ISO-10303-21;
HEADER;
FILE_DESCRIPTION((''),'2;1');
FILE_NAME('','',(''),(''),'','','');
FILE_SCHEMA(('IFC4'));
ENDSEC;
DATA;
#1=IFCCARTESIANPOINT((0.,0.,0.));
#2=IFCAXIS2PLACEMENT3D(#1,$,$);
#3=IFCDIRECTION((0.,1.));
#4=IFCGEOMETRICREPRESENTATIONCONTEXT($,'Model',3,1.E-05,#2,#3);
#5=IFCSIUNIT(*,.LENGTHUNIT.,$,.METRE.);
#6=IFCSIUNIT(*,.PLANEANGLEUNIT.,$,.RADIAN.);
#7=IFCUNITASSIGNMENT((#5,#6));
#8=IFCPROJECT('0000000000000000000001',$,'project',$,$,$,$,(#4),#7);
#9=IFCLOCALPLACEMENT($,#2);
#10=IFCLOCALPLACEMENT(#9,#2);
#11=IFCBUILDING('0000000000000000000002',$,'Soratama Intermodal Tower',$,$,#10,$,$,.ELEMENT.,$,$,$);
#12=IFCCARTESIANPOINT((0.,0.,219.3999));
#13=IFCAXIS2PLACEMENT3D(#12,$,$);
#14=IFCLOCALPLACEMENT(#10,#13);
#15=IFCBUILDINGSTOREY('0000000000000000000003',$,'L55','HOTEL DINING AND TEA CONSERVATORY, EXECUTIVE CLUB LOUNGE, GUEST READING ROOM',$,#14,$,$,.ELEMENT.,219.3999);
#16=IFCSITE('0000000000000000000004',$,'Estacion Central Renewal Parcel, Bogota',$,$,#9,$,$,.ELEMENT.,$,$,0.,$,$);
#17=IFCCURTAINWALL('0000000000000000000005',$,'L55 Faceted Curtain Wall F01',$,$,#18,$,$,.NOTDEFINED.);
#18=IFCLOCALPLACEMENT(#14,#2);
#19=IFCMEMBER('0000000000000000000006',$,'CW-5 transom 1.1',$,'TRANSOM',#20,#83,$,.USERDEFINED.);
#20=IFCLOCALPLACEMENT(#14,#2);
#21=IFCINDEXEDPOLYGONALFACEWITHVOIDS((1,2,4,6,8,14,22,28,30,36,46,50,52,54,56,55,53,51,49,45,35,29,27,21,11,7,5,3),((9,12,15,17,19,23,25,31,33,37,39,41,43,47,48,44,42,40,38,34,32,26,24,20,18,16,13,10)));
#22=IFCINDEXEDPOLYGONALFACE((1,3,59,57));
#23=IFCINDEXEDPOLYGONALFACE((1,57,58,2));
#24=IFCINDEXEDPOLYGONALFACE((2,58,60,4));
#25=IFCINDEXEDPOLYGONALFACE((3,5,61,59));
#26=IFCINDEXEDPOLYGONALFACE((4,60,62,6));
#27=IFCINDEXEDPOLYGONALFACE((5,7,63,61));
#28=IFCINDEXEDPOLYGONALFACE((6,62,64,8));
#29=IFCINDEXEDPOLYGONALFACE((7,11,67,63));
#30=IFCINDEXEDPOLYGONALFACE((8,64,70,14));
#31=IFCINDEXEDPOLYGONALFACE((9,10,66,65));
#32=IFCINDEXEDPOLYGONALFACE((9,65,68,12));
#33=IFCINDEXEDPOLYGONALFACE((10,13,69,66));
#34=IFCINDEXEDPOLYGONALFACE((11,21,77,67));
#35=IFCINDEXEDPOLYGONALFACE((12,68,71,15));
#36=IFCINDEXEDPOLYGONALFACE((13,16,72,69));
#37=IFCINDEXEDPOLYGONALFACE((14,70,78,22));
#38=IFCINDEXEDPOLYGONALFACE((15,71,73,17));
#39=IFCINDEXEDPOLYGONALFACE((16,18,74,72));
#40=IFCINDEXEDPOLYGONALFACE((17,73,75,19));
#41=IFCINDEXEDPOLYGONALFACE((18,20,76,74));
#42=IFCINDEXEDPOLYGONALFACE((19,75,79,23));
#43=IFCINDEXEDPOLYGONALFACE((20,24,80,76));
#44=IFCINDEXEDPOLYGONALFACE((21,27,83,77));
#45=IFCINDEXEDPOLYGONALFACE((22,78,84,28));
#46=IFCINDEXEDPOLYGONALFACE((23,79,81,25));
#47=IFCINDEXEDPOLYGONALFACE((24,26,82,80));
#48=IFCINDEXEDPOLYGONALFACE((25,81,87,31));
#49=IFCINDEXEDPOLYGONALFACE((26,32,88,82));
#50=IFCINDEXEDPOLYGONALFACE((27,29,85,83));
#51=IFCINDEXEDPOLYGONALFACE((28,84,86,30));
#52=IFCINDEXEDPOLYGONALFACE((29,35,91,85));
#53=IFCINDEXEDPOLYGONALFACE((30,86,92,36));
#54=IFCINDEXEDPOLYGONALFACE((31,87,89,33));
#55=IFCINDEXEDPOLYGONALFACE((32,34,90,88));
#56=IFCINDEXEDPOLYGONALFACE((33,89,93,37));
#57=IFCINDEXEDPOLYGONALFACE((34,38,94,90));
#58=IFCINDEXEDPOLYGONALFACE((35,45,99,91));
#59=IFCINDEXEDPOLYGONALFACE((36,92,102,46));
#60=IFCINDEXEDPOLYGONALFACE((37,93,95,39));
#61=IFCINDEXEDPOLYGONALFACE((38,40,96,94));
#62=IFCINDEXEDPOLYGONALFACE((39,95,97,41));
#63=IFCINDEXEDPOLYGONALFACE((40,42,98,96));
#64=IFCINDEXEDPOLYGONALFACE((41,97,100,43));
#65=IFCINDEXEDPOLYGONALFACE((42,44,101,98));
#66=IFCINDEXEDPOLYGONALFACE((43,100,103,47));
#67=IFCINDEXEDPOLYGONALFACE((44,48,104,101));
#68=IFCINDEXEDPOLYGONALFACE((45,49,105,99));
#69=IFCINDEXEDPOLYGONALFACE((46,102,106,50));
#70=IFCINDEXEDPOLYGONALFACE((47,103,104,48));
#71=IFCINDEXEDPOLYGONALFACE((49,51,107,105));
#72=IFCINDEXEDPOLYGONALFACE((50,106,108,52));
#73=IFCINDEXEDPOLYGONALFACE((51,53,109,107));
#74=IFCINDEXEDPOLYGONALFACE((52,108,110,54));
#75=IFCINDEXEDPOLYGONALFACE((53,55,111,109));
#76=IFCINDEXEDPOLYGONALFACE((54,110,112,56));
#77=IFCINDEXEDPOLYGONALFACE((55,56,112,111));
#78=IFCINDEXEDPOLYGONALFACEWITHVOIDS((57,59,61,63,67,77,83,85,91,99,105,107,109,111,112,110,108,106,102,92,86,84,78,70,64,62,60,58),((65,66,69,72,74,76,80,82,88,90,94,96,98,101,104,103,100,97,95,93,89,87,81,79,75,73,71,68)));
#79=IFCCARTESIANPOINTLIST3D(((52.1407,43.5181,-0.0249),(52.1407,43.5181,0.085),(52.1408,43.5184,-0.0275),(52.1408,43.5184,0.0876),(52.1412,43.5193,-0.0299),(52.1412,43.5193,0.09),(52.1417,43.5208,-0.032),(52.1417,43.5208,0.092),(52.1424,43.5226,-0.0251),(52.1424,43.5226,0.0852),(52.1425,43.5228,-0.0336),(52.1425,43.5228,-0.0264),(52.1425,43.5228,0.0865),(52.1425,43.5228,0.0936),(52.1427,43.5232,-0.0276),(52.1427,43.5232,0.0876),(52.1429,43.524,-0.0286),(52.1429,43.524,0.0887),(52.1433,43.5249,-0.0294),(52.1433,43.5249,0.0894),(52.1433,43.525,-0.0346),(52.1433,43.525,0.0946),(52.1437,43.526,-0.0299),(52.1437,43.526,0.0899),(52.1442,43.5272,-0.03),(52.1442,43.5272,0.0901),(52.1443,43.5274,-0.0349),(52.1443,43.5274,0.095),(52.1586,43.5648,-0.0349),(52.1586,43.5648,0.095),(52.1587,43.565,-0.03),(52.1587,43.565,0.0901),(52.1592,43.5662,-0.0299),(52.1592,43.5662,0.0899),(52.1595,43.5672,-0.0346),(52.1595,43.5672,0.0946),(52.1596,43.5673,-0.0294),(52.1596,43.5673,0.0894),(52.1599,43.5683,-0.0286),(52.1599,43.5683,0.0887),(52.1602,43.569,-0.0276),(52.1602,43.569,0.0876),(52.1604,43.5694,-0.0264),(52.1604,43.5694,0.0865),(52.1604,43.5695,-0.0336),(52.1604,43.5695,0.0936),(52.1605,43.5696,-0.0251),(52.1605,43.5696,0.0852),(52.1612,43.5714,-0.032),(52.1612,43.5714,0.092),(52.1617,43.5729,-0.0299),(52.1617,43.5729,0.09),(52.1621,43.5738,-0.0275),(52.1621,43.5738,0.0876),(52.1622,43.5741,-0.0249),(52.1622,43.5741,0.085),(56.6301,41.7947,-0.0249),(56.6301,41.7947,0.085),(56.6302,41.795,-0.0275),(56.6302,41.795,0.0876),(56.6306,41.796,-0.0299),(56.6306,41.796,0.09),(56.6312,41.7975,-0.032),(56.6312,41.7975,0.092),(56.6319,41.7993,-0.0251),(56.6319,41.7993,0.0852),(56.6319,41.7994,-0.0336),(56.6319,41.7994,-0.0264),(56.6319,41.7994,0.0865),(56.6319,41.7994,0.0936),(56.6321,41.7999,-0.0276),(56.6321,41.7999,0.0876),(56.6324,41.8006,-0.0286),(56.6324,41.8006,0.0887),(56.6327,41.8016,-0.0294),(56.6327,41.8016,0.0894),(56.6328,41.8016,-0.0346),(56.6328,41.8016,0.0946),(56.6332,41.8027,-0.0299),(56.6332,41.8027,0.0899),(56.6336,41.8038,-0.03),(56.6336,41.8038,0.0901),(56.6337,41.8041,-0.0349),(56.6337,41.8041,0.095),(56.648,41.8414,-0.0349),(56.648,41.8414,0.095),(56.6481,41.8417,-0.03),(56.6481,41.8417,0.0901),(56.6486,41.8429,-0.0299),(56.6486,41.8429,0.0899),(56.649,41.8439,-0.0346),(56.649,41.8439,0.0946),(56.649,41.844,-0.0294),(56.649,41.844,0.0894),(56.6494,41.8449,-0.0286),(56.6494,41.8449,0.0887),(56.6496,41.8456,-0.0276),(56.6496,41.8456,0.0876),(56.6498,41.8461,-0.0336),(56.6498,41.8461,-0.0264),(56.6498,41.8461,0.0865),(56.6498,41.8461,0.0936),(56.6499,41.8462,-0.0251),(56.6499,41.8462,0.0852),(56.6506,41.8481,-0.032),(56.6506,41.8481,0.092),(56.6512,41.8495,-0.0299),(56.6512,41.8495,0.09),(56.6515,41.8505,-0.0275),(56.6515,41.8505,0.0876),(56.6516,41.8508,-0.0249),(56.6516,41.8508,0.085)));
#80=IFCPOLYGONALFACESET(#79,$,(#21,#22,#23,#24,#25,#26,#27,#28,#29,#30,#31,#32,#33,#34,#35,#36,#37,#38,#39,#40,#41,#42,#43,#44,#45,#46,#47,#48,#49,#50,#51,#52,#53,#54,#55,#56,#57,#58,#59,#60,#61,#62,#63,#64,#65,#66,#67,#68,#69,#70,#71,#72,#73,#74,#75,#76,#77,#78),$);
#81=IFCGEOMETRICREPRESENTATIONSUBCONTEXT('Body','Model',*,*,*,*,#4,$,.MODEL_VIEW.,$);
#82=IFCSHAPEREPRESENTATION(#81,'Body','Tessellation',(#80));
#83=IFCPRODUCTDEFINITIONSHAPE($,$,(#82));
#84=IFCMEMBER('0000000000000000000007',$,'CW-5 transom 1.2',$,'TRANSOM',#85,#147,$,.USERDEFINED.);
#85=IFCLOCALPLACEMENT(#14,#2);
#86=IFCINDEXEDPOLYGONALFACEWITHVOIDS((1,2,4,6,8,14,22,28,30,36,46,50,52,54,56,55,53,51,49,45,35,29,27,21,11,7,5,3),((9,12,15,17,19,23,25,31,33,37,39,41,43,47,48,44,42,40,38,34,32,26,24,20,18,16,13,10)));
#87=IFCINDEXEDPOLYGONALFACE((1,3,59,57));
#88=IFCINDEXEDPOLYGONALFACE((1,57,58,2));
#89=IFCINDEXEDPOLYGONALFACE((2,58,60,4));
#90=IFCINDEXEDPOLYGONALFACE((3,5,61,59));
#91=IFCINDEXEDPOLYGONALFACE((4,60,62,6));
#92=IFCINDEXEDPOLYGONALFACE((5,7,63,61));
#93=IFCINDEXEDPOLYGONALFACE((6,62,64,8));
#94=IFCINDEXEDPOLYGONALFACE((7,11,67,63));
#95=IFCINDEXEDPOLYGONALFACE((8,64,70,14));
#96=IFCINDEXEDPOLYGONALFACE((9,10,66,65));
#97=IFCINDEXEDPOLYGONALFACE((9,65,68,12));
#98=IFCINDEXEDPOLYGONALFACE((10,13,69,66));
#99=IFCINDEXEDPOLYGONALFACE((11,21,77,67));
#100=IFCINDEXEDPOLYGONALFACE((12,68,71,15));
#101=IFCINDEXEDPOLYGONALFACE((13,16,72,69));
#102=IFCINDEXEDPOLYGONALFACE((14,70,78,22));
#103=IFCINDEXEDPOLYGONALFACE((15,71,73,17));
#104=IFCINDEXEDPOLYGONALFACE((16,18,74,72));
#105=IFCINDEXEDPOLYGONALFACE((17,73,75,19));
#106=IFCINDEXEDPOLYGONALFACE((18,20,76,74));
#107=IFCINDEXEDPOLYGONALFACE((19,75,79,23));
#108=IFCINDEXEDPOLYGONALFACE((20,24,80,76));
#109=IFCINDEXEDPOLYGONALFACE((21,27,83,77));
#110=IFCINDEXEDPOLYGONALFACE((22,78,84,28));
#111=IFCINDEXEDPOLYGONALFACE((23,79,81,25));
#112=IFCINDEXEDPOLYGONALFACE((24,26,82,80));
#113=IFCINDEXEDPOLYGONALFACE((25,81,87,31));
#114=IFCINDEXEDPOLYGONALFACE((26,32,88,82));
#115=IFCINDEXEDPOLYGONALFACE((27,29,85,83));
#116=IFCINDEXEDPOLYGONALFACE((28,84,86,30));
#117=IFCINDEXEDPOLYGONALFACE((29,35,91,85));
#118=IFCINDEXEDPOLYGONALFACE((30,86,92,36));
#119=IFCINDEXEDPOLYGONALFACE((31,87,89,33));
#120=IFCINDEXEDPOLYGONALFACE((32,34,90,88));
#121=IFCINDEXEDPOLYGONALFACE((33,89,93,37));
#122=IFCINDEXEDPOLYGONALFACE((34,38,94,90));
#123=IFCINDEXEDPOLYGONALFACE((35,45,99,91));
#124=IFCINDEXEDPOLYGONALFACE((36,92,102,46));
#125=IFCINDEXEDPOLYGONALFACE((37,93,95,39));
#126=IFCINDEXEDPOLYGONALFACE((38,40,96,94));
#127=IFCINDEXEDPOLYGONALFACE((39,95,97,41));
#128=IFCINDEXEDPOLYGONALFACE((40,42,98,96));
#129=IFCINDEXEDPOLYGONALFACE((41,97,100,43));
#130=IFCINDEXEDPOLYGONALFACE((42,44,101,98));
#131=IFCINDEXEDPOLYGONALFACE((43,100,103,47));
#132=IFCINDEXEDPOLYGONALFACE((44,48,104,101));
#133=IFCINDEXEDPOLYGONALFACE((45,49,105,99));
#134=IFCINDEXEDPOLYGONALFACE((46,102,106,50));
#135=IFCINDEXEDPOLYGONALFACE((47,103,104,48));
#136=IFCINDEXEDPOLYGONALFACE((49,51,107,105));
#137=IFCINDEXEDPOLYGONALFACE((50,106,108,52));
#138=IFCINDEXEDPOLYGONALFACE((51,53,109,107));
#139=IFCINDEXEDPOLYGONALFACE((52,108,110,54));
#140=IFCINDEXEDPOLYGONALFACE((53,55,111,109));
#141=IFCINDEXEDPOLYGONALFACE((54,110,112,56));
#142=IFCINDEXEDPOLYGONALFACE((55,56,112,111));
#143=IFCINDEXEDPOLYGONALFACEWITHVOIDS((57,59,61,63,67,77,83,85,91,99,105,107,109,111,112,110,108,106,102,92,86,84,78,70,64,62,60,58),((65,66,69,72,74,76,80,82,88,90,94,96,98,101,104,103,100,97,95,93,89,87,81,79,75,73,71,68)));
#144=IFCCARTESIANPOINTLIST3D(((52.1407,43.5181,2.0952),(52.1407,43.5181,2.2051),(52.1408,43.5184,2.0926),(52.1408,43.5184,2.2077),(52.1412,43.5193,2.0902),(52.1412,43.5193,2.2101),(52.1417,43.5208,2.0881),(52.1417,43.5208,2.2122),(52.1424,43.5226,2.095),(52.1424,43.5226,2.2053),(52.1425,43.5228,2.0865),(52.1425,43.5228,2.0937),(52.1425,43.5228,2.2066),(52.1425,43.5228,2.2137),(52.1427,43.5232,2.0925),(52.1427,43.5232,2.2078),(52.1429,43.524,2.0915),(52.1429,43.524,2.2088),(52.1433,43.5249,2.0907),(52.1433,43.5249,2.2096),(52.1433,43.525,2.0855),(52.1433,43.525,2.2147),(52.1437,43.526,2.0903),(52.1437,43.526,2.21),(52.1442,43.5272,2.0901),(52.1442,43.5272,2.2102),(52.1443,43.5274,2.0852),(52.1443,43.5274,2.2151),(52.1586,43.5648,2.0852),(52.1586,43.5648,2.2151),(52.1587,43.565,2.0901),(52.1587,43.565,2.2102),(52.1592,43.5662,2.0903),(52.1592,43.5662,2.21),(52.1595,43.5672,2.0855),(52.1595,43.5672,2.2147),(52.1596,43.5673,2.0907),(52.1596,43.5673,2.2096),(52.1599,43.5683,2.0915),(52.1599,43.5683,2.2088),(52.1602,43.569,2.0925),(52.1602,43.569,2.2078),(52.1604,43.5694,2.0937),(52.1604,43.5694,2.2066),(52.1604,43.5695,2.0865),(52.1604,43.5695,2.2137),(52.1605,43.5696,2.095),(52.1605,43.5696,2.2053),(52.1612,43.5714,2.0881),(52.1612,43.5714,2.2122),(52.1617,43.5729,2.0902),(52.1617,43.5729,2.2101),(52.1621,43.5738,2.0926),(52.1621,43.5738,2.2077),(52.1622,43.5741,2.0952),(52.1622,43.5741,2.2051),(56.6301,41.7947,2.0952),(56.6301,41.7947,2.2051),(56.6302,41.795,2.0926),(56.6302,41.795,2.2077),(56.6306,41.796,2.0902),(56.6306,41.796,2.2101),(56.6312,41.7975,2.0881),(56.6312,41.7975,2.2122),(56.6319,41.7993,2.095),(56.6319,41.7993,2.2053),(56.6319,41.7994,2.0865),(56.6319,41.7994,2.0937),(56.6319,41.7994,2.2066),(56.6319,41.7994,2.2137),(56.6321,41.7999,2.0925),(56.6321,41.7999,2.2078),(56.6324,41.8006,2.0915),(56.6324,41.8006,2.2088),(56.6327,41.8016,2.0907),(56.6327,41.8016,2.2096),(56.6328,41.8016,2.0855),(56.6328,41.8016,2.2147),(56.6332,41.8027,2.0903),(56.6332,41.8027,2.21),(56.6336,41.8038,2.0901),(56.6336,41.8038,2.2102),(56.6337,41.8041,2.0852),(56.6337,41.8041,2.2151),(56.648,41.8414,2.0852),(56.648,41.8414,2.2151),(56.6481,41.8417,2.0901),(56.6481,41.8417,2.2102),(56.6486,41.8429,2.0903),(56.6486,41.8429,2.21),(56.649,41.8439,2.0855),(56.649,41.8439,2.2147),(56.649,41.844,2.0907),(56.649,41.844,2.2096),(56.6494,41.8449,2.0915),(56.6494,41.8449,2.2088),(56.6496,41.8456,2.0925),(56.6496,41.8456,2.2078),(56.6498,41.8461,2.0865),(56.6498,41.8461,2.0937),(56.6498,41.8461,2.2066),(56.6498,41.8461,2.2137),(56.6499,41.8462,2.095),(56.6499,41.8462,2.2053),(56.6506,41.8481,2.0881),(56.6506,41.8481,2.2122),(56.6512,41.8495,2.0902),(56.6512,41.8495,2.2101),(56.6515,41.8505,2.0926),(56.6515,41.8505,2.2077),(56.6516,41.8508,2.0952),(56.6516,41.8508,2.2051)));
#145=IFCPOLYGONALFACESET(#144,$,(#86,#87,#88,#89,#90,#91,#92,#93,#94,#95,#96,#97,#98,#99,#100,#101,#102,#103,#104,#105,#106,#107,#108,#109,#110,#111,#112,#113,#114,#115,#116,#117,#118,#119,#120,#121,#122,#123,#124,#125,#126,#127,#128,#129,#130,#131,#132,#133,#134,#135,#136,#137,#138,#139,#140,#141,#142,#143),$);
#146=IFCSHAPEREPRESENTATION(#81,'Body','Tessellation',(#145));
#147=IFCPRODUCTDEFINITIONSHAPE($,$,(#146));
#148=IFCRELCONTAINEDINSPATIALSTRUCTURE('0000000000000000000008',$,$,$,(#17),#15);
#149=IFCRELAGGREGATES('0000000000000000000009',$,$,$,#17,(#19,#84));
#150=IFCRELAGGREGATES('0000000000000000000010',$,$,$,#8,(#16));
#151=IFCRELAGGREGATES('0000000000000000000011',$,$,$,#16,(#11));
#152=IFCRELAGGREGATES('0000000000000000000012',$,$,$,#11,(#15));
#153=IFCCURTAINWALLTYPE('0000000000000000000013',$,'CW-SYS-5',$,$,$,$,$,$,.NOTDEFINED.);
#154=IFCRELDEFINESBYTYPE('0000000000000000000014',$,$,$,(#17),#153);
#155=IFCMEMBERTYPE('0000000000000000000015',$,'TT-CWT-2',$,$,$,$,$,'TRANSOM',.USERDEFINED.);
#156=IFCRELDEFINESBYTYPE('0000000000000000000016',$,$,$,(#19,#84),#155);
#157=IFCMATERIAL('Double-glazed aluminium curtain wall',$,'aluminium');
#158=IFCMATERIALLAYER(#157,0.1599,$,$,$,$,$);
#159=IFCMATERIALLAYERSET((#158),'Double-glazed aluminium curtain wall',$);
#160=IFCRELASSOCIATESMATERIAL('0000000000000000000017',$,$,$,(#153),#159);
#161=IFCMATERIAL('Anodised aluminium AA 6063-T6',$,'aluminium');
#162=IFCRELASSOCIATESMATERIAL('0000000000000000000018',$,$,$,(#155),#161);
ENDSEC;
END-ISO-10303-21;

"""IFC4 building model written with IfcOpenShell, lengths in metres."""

from ifc_helpers import new_model, si_unit, direction, frame, origin, origin_2d, place, context, subcontext, project, spatial, hollow_rectangle, extrude, material, layer, layer_set, material_profile, profile_set, type_object, element, aggregate, save


model = new_model("IFC4")

# Units and contexts
model_context = context("Model", 3, precision=1e-05, world=origin(), true_north=direction((0.0, 1.0)))
body_context = subcontext(model_context, "Body", "Model", "MODEL_VIEW")
ifc_project = project(units=[si_unit("LENGTHUNIT", "METRE"), si_unit("PLANEANGLEUNIT", "RADIAN")], contexts=[model_context])

# Site, building, storey
site_placement = place(None, origin())
site = spatial("IfcSite", under=ifc_project, at=site_placement, Name="Estacion Central Renewal Parcel, Bogota", CompositionType="ELEMENT", RefElevation=0.0)
building_placement = place(site_placement, origin())
building = spatial("IfcBuilding", under=site, at=building_placement, Name="Soratama Intermodal Tower", CompositionType="ELEMENT")
storey_placement = place(building_placement, frame((0.0, 0.0, 219.3999)))
storey = spatial("IfcBuildingStorey", under=building, at=storey_placement, Name="L55", Description="HOTEL DINING AND TEA CONSERVATORY, EXECUTIVE CLUB LOUNGE, GUEST READING ROOM", CompositionType="ELEMENT", Elevation=219.3999)

# Curtain wall
ifc_material_1 = material(Name="Double-glazed aluminium curtain wall", Category="aluminium")
ifc_layer_1 = layer(ifc_material_1, 0.1599)
ifc_layer_set_1 = layer_set([ifc_layer_1], Name="Double-glazed aluminium curtain wall")
curtain_wall_type = type_object("IfcCurtainWallType", Name="CW-SYS-5", PredefinedType="NOTDEFINED", material=ifc_layer_set_1)
curtain_wall_1_placement = place(storey_placement, origin())
curtain_wall_1 = element("IfcCurtainWall", 1, at=curtain_wall_1_placement, inside=storey, type_object=curtain_wall_type, Name="L55 Faceted Curtain Wall F01", PredefinedType="NOTDEFINED")

# Members
ifc_material_2 = material(Name="Anodised aluminium AA 6063-T6", Category="aluminium")
ifc_material_profile_1 = material_profile(ifc_material_2, hollow_rectangle(XDim=0.0601, YDim=0.1299, WallThickness=0.0049, InnerFilletRadius=0.0049, OuterFilletRadius=0.01, at=origin_2d()), Name="CWT130X60X5")
ifc_profile_set_1 = profile_set([ifc_material_profile_1], Name="Anodised aluminium AA 6063-T6")
member_type_1 = type_object("IfcMemberType", Name="TT-CWT-2", ElementType="TRANSOM", PredefinedType="USERDEFINED", material=ifc_profile_set_1)
member_1_placement = place(storey_placement, frame((56.6409, 41.8228, 0.03), z_axis=(-0.933578, 0.358373, 0.0), x_axis=(-0.358373, -0.933578, 0.0)))
member_1 = element("IfcMember", 2, at=member_1_placement, type_object=member_type_1, Name="CW-5 transom 1.1", ObjectType="TRANSOM", PredefinedType="USERDEFINED", context=body_context, shape_type="SweptSolid", body=[
    extrude(hollow_rectangle(XDim=0.0601, YDim=0.1299, WallThickness=0.0049, InnerFilletRadius=0.0049, OuterFilletRadius=0.01, at=origin_2d()), origin(), (0.0, 0.0, 1.0), 4.8088),
])
member_2_placement = place(storey_placement, frame((56.6409, 41.8228, 2.1501), z_axis=(-0.933578, 0.358373, 0.0), x_axis=(-0.358373, -0.933578, 0.0)))
member_2 = element("IfcMember", 3, at=member_2_placement, type_object=member_type_1, Name="CW-5 transom 1.2", ObjectType="TRANSOM", PredefinedType="USERDEFINED", context=body_context, shape_type="SweptSolid", body=[
    extrude(hollow_rectangle(XDim=0.0601, YDim=0.1299, WallThickness=0.0049, InnerFilletRadius=0.0049, OuterFilletRadius=0.01, at=origin_2d()), origin(), (0.0, 0.0, 1.0), 4.8088),
])

aggregate(curtain_wall_1, [member_1, member_2])

save(model, "model.ifc")
